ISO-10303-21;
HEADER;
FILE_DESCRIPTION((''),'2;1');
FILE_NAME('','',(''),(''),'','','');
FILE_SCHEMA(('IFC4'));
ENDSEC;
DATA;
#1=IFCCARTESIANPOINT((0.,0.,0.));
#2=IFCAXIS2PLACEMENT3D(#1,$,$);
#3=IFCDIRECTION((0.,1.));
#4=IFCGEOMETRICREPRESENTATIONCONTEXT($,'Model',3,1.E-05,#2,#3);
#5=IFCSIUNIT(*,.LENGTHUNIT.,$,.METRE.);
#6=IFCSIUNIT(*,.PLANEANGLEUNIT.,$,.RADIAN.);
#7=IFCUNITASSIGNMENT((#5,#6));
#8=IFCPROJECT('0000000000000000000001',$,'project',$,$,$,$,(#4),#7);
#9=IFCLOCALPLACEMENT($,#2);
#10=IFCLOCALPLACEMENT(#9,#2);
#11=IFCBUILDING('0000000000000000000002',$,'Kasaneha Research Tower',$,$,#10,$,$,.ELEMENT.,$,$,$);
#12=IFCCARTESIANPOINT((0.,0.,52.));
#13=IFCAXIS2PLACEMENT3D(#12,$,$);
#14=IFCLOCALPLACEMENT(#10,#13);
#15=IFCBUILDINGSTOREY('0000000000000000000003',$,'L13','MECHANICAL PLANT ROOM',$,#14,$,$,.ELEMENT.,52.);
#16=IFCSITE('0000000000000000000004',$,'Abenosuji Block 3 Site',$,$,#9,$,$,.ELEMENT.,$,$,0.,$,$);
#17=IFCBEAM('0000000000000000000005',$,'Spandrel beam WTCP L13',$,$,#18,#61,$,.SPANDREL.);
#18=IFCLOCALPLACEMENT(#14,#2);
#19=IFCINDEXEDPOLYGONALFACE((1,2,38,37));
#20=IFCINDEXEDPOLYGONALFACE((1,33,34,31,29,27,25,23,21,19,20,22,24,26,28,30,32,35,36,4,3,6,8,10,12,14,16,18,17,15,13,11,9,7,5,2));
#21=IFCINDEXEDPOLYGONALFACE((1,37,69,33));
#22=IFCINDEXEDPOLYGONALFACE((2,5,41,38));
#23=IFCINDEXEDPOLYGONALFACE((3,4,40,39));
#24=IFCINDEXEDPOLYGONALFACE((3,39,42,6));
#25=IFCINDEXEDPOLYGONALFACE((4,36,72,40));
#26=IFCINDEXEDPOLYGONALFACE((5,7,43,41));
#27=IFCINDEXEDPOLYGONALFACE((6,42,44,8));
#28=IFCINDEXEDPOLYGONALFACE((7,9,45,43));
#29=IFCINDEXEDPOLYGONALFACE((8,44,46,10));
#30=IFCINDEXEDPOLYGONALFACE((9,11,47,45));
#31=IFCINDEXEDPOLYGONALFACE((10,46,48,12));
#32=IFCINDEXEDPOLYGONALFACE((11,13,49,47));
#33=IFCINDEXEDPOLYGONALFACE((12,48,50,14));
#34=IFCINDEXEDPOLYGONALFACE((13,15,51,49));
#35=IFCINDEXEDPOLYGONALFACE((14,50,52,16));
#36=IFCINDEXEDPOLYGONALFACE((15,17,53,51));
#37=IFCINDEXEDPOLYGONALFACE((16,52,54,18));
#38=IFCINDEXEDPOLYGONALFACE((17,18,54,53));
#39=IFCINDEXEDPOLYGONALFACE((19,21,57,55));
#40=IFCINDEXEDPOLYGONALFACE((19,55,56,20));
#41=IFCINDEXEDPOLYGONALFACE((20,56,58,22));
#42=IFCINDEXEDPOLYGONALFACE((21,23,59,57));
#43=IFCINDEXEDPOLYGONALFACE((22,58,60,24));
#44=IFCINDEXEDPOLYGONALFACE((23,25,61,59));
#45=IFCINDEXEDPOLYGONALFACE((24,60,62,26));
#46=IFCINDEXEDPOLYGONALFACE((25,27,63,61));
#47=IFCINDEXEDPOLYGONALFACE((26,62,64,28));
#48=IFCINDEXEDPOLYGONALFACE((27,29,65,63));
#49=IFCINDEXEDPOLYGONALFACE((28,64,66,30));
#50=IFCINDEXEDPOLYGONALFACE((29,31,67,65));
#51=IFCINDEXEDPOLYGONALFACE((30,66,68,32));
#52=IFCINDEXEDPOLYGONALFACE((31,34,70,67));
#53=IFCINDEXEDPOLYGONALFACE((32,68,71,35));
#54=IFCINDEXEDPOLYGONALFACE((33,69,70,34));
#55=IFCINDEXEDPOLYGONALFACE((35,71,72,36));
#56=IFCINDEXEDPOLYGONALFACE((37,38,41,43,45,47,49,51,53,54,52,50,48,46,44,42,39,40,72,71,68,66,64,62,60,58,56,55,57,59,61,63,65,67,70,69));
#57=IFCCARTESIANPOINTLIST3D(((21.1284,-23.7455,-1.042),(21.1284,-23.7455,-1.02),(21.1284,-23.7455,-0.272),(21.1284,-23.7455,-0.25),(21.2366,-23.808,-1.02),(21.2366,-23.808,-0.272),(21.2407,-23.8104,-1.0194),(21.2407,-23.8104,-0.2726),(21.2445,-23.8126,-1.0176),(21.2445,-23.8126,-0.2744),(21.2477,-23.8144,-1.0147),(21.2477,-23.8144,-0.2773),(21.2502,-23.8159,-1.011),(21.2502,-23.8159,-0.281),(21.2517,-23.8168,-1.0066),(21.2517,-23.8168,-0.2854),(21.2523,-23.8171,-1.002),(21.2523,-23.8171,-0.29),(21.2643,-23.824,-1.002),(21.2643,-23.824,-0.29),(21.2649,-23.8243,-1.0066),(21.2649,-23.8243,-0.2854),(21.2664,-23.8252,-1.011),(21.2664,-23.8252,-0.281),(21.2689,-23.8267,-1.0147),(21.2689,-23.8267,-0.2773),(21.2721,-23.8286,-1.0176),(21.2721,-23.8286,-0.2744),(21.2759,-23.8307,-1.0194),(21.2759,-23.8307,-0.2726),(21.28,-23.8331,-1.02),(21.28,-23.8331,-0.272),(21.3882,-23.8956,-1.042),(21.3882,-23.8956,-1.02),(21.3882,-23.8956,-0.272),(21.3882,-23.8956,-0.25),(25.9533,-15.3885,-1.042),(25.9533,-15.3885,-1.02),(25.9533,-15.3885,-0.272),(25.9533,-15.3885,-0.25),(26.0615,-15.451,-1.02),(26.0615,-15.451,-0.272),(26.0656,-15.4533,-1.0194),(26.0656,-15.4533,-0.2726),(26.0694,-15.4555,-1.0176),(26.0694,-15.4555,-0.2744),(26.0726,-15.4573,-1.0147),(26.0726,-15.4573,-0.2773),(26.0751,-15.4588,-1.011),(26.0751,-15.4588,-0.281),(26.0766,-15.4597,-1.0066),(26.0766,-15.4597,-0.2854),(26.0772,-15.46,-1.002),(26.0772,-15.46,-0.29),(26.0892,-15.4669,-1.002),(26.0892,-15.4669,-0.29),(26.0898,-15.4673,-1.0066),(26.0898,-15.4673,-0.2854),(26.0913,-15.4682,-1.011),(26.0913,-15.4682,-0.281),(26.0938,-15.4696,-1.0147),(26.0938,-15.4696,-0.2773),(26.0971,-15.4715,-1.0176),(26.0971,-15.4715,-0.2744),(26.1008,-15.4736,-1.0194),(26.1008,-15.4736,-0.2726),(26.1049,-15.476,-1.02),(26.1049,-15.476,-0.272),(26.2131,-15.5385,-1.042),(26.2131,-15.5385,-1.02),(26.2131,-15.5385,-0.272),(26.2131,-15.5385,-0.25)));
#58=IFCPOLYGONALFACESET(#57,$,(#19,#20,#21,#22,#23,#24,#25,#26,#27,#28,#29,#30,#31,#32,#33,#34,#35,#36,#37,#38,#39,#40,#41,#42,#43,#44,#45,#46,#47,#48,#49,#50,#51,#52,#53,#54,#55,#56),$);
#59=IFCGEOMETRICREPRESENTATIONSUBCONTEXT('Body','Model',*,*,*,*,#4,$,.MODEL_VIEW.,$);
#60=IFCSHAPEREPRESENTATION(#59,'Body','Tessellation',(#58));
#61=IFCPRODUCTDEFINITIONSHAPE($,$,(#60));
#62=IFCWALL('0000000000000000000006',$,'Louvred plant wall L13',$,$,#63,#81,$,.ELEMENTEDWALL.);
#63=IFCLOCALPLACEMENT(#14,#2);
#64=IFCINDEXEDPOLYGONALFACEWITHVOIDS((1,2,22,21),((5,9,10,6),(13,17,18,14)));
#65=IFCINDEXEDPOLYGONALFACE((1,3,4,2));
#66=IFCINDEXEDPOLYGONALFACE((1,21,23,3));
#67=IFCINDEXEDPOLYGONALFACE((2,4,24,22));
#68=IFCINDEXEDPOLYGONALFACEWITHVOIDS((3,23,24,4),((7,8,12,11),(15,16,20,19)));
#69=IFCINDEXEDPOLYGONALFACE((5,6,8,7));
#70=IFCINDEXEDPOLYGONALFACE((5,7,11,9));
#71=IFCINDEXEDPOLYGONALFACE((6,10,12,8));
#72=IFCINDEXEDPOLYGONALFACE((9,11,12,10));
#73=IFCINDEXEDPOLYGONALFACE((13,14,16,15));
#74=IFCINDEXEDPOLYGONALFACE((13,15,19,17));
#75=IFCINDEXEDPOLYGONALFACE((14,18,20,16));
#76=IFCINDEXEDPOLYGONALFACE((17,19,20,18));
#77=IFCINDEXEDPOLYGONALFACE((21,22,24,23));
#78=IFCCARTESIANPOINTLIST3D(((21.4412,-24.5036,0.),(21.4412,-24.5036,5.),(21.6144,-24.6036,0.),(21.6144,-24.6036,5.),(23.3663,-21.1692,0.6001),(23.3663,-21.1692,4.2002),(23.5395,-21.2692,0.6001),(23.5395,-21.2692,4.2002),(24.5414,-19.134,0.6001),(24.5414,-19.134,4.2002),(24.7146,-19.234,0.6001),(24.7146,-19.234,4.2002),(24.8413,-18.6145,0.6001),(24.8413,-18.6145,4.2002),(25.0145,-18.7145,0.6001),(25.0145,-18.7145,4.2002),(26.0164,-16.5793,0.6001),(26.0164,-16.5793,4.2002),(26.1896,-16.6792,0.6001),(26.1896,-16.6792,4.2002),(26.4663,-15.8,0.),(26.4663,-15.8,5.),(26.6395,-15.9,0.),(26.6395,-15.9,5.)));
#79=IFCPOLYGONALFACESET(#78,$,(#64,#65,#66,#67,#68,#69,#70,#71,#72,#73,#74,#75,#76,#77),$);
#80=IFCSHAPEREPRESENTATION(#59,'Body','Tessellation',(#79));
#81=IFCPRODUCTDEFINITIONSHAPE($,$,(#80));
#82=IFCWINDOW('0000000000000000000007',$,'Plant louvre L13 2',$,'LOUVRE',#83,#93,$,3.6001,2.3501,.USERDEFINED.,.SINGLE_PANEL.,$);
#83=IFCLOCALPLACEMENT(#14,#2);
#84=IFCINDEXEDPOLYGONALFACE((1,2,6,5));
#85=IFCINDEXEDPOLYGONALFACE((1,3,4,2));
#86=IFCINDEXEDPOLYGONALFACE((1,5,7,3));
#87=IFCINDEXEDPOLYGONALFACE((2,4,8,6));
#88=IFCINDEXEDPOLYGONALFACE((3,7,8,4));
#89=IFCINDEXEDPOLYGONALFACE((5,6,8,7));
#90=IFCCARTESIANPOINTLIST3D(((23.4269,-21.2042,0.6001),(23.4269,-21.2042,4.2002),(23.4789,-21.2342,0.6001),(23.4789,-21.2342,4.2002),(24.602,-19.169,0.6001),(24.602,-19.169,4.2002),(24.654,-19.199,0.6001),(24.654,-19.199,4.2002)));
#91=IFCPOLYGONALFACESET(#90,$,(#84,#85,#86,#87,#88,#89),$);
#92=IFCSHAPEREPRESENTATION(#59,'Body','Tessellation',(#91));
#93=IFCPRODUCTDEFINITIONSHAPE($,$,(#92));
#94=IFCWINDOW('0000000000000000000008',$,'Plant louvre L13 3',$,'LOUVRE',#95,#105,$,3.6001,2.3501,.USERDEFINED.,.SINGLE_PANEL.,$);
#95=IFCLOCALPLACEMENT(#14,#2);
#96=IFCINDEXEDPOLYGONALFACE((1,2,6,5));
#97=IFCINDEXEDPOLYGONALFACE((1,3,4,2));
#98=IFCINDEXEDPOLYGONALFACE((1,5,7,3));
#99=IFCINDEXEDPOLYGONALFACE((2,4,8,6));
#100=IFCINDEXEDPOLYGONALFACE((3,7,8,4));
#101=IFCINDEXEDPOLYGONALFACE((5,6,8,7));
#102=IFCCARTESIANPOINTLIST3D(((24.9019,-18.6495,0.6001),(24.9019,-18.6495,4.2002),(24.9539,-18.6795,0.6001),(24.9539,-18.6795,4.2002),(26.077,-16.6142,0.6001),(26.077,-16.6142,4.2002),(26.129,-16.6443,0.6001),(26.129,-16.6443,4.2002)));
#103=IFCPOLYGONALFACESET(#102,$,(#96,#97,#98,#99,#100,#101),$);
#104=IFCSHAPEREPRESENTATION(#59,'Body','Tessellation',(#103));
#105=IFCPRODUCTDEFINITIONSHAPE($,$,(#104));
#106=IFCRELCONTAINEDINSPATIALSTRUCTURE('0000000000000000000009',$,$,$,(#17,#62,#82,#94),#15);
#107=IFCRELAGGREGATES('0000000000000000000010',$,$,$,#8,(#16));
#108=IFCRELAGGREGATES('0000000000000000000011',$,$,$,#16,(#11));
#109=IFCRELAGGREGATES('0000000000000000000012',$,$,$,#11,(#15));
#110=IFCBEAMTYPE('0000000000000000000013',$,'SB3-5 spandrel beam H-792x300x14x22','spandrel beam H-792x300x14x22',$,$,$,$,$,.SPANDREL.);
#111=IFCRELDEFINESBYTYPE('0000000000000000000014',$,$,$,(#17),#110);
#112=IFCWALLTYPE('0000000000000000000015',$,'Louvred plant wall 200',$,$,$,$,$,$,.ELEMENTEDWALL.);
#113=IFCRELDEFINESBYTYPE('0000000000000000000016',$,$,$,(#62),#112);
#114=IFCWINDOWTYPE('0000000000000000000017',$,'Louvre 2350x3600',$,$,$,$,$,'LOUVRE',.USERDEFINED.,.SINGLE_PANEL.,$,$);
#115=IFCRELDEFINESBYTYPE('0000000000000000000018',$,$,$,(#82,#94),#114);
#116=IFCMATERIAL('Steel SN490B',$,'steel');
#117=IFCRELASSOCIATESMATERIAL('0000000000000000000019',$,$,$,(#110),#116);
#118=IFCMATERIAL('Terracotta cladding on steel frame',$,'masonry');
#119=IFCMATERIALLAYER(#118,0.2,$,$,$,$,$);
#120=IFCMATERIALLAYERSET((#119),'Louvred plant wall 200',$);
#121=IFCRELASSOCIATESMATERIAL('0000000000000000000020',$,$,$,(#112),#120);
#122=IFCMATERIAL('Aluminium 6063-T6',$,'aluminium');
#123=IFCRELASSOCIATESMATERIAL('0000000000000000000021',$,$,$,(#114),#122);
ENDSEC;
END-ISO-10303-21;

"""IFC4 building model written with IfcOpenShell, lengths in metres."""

from ifc_helpers import new_model, si_unit, direction, frame, frame_2d, origin, origin_2d, place, context, subcontext, project, spatial, rectangle, i_section, extrude, material, layer, layer_set, material_profile, profile_set, type_object, element, fill, save


model = new_model("IFC4")

# Units and contexts
model_context = context("Model", 3, precision=1e-05, world=origin(), true_north=direction((0.0, 1.0)))
body_context = subcontext(model_context, "Body", "Model", "MODEL_VIEW")
ifc_project = project(units=[si_unit("LENGTHUNIT", "METRE"), si_unit("PLANEANGLEUNIT", "RADIAN")], contexts=[model_context])

# Site, building, storey
site_placement = place(None, origin())
site = spatial("IfcSite", under=ifc_project, at=site_placement, Name="Abenosuji Block 3 Site", CompositionType="ELEMENT", RefElevation=0.0)
building_placement = place(site_placement, origin())
building = spatial("IfcBuilding", under=site, at=building_placement, Name="Kasaneha Research Tower", CompositionType="ELEMENT")
storey_placement = place(building_placement, frame((0.0, 0.0, 52.0)))
storey = spatial("IfcBuildingStorey", under=building, at=storey_placement, Name="L13", Description="MECHANICAL PLANT ROOM", CompositionType="ELEMENT", Elevation=52.0)

# Beam
ifc_material_1 = material(Name="Steel SN490B", Category="steel")
ifc_material_profile_1 = material_profile(ifc_material_1, i_section(OverallWidth=0.3, OverallDepth=0.792, WebThickness=0.0139, FlangeThickness=0.022, FilletRadius=0.0181, at=origin_2d()), Name="H-792x300x14x22")
ifc_profile_set_1 = profile_set([ifc_material_profile_1], Name="Steel SN490B")
beam_type_1 = type_object("IfcBeamType", Name="SB3-5 spandrel beam H-792x300x14x22", Description="spandrel beam H-792x300x14x22", PredefinedType="SPANDREL", material=ifc_profile_set_1)
beam_1_placement = place(storey_placement, frame((21.2583, -23.8206, -0.646), z_axis=(0.499995, 0.866028, 0.0), x_axis=(-0.866028, 0.499995, 0.0)))
element("IfcBeam", 1, at=beam_1_placement, inside=storey, type_object=beam_type_1, Name="Spandrel beam WTCP L13", PredefinedType="SPANDREL", context=body_context, shape_type="SweptSolid", body=[
    extrude(i_section(OverallWidth=0.3, OverallDepth=0.792, WebThickness=0.0139, FlangeThickness=0.022, FilletRadius=0.0181, at=origin_2d()), origin(), (0.0, 0.0, 1.0), 9.6499),
])

# Wall, openings, windows
ifc_material_2 = material(Name="Terracotta cladding on steel frame", Category="masonry")
ifc_layer = layer(ifc_material_2, 0.2)
ifc_layer_set = layer_set([ifc_layer], Name="Louvred plant wall 200")
wall_type = type_object("IfcWallType", Name="Louvred plant wall 200", PredefinedType="ELEMENTEDWALL", material=ifc_layer_set)
wall_placement = place(storey_placement, frame((21.5278, -24.5535, 0.0), z_axis=(0.0, 0.0, 1.0), x_axis=(0.500008, 0.866021, 0.0)))
wall = element("IfcWall", 2, at=wall_placement, inside=storey, type_object=wall_type, Name="Louvred plant wall L13", PredefinedType="ELEMENTEDWALL", context=body_context, shape_type="SweptSolid", body=[
    extrude(rectangle(XDim=10.05, YDim=0.2, at=frame_2d((5.0249, 0.0))), origin(), (0.0, 0.0, 1.0), 5.0),
])
opening_1_placement = place(wall_placement, frame((3.8501, 0.0, 0.6001)))
opening_1 = element("IfcOpeningElement", 3, at=opening_1_placement, cuts=wall, PredefinedType="OPENING", context=body_context, shape_type="SweptSolid", body=[
    extrude(rectangle(XDim=2.3501, YDim=3.6001, at=frame_2d((1.175, 1.8))), frame((0.0, 0.1099, 0.0), z_axis=(0.0, -1.0, 0.0), x_axis=(1.0, 0.0, 0.0)), (0.0, 0.0, 1.0), 0.22),
])
opening_2_placement = place(wall_placement, frame((6.8, 0.0, 0.6001)))
opening_2 = element("IfcOpeningElement", 4, at=opening_2_placement, cuts=wall, PredefinedType="OPENING", context=body_context, shape_type="SweptSolid", body=[
    extrude(rectangle(XDim=2.3501, YDim=3.6001, at=frame_2d((1.175, 1.8))), frame((0.0, 0.1099, 0.0), z_axis=(0.0, -1.0, 0.0), x_axis=(1.0, 0.0, 0.0)), (0.0, 0.0, 1.0), 0.22),
])
ifc_material_3 = material(Name="Aluminium 6063-T6", Category="aluminium")
window_type = type_object("IfcWindowType", Name="Louvre 2350x3600", ElementType="LOUVRE", PartitioningType="SINGLE_PANEL", PredefinedType="USERDEFINED", material=ifc_material_3)
window_1_placement = place(opening_1_placement, origin())
window_1 = element("IfcWindow", 5, at=window_1_placement, inside=storey, type_object=window_type, Name="Plant louvre L13 2", ObjectType="LOUVRE", OverallHeight=3.6001, OverallWidth=2.3501, PartitioningType="SINGLE_PANEL", PredefinedType="USERDEFINED", context=body_context, shape_type="SweptSolid", body=[
    extrude(rectangle(XDim=2.3501, YDim=3.6001, at=frame_2d((1.175, 1.8))), frame((0.0, 0.03, 0.0), z_axis=(0.0, -1.0, 0.0), x_axis=(1.0, 0.0, 0.0)), (0.0, 0.0, 1.0), 0.0601),
])
fill(opening_1, window_1)
window_2_placement = place(opening_2_placement, origin())
window_2 = element("IfcWindow", 6, at=window_2_placement, inside=storey, type_object=window_type, Name="Plant louvre L13 3", ObjectType="LOUVRE", OverallHeight=3.6001, OverallWidth=2.3501, PartitioningType="SINGLE_PANEL", PredefinedType="USERDEFINED", context=body_context, shape_type="SweptSolid", body=[
    extrude(rectangle(XDim=2.3501, YDim=3.6001, at=frame_2d((1.175, 1.8))), frame((0.0, 0.03, 0.0), z_axis=(0.0, -1.0, 0.0), x_axis=(1.0, 0.0, 0.0)), (0.0, 0.0, 1.0), 0.0601),
])
fill(opening_2, window_2)

save(model, "model.ifc")
